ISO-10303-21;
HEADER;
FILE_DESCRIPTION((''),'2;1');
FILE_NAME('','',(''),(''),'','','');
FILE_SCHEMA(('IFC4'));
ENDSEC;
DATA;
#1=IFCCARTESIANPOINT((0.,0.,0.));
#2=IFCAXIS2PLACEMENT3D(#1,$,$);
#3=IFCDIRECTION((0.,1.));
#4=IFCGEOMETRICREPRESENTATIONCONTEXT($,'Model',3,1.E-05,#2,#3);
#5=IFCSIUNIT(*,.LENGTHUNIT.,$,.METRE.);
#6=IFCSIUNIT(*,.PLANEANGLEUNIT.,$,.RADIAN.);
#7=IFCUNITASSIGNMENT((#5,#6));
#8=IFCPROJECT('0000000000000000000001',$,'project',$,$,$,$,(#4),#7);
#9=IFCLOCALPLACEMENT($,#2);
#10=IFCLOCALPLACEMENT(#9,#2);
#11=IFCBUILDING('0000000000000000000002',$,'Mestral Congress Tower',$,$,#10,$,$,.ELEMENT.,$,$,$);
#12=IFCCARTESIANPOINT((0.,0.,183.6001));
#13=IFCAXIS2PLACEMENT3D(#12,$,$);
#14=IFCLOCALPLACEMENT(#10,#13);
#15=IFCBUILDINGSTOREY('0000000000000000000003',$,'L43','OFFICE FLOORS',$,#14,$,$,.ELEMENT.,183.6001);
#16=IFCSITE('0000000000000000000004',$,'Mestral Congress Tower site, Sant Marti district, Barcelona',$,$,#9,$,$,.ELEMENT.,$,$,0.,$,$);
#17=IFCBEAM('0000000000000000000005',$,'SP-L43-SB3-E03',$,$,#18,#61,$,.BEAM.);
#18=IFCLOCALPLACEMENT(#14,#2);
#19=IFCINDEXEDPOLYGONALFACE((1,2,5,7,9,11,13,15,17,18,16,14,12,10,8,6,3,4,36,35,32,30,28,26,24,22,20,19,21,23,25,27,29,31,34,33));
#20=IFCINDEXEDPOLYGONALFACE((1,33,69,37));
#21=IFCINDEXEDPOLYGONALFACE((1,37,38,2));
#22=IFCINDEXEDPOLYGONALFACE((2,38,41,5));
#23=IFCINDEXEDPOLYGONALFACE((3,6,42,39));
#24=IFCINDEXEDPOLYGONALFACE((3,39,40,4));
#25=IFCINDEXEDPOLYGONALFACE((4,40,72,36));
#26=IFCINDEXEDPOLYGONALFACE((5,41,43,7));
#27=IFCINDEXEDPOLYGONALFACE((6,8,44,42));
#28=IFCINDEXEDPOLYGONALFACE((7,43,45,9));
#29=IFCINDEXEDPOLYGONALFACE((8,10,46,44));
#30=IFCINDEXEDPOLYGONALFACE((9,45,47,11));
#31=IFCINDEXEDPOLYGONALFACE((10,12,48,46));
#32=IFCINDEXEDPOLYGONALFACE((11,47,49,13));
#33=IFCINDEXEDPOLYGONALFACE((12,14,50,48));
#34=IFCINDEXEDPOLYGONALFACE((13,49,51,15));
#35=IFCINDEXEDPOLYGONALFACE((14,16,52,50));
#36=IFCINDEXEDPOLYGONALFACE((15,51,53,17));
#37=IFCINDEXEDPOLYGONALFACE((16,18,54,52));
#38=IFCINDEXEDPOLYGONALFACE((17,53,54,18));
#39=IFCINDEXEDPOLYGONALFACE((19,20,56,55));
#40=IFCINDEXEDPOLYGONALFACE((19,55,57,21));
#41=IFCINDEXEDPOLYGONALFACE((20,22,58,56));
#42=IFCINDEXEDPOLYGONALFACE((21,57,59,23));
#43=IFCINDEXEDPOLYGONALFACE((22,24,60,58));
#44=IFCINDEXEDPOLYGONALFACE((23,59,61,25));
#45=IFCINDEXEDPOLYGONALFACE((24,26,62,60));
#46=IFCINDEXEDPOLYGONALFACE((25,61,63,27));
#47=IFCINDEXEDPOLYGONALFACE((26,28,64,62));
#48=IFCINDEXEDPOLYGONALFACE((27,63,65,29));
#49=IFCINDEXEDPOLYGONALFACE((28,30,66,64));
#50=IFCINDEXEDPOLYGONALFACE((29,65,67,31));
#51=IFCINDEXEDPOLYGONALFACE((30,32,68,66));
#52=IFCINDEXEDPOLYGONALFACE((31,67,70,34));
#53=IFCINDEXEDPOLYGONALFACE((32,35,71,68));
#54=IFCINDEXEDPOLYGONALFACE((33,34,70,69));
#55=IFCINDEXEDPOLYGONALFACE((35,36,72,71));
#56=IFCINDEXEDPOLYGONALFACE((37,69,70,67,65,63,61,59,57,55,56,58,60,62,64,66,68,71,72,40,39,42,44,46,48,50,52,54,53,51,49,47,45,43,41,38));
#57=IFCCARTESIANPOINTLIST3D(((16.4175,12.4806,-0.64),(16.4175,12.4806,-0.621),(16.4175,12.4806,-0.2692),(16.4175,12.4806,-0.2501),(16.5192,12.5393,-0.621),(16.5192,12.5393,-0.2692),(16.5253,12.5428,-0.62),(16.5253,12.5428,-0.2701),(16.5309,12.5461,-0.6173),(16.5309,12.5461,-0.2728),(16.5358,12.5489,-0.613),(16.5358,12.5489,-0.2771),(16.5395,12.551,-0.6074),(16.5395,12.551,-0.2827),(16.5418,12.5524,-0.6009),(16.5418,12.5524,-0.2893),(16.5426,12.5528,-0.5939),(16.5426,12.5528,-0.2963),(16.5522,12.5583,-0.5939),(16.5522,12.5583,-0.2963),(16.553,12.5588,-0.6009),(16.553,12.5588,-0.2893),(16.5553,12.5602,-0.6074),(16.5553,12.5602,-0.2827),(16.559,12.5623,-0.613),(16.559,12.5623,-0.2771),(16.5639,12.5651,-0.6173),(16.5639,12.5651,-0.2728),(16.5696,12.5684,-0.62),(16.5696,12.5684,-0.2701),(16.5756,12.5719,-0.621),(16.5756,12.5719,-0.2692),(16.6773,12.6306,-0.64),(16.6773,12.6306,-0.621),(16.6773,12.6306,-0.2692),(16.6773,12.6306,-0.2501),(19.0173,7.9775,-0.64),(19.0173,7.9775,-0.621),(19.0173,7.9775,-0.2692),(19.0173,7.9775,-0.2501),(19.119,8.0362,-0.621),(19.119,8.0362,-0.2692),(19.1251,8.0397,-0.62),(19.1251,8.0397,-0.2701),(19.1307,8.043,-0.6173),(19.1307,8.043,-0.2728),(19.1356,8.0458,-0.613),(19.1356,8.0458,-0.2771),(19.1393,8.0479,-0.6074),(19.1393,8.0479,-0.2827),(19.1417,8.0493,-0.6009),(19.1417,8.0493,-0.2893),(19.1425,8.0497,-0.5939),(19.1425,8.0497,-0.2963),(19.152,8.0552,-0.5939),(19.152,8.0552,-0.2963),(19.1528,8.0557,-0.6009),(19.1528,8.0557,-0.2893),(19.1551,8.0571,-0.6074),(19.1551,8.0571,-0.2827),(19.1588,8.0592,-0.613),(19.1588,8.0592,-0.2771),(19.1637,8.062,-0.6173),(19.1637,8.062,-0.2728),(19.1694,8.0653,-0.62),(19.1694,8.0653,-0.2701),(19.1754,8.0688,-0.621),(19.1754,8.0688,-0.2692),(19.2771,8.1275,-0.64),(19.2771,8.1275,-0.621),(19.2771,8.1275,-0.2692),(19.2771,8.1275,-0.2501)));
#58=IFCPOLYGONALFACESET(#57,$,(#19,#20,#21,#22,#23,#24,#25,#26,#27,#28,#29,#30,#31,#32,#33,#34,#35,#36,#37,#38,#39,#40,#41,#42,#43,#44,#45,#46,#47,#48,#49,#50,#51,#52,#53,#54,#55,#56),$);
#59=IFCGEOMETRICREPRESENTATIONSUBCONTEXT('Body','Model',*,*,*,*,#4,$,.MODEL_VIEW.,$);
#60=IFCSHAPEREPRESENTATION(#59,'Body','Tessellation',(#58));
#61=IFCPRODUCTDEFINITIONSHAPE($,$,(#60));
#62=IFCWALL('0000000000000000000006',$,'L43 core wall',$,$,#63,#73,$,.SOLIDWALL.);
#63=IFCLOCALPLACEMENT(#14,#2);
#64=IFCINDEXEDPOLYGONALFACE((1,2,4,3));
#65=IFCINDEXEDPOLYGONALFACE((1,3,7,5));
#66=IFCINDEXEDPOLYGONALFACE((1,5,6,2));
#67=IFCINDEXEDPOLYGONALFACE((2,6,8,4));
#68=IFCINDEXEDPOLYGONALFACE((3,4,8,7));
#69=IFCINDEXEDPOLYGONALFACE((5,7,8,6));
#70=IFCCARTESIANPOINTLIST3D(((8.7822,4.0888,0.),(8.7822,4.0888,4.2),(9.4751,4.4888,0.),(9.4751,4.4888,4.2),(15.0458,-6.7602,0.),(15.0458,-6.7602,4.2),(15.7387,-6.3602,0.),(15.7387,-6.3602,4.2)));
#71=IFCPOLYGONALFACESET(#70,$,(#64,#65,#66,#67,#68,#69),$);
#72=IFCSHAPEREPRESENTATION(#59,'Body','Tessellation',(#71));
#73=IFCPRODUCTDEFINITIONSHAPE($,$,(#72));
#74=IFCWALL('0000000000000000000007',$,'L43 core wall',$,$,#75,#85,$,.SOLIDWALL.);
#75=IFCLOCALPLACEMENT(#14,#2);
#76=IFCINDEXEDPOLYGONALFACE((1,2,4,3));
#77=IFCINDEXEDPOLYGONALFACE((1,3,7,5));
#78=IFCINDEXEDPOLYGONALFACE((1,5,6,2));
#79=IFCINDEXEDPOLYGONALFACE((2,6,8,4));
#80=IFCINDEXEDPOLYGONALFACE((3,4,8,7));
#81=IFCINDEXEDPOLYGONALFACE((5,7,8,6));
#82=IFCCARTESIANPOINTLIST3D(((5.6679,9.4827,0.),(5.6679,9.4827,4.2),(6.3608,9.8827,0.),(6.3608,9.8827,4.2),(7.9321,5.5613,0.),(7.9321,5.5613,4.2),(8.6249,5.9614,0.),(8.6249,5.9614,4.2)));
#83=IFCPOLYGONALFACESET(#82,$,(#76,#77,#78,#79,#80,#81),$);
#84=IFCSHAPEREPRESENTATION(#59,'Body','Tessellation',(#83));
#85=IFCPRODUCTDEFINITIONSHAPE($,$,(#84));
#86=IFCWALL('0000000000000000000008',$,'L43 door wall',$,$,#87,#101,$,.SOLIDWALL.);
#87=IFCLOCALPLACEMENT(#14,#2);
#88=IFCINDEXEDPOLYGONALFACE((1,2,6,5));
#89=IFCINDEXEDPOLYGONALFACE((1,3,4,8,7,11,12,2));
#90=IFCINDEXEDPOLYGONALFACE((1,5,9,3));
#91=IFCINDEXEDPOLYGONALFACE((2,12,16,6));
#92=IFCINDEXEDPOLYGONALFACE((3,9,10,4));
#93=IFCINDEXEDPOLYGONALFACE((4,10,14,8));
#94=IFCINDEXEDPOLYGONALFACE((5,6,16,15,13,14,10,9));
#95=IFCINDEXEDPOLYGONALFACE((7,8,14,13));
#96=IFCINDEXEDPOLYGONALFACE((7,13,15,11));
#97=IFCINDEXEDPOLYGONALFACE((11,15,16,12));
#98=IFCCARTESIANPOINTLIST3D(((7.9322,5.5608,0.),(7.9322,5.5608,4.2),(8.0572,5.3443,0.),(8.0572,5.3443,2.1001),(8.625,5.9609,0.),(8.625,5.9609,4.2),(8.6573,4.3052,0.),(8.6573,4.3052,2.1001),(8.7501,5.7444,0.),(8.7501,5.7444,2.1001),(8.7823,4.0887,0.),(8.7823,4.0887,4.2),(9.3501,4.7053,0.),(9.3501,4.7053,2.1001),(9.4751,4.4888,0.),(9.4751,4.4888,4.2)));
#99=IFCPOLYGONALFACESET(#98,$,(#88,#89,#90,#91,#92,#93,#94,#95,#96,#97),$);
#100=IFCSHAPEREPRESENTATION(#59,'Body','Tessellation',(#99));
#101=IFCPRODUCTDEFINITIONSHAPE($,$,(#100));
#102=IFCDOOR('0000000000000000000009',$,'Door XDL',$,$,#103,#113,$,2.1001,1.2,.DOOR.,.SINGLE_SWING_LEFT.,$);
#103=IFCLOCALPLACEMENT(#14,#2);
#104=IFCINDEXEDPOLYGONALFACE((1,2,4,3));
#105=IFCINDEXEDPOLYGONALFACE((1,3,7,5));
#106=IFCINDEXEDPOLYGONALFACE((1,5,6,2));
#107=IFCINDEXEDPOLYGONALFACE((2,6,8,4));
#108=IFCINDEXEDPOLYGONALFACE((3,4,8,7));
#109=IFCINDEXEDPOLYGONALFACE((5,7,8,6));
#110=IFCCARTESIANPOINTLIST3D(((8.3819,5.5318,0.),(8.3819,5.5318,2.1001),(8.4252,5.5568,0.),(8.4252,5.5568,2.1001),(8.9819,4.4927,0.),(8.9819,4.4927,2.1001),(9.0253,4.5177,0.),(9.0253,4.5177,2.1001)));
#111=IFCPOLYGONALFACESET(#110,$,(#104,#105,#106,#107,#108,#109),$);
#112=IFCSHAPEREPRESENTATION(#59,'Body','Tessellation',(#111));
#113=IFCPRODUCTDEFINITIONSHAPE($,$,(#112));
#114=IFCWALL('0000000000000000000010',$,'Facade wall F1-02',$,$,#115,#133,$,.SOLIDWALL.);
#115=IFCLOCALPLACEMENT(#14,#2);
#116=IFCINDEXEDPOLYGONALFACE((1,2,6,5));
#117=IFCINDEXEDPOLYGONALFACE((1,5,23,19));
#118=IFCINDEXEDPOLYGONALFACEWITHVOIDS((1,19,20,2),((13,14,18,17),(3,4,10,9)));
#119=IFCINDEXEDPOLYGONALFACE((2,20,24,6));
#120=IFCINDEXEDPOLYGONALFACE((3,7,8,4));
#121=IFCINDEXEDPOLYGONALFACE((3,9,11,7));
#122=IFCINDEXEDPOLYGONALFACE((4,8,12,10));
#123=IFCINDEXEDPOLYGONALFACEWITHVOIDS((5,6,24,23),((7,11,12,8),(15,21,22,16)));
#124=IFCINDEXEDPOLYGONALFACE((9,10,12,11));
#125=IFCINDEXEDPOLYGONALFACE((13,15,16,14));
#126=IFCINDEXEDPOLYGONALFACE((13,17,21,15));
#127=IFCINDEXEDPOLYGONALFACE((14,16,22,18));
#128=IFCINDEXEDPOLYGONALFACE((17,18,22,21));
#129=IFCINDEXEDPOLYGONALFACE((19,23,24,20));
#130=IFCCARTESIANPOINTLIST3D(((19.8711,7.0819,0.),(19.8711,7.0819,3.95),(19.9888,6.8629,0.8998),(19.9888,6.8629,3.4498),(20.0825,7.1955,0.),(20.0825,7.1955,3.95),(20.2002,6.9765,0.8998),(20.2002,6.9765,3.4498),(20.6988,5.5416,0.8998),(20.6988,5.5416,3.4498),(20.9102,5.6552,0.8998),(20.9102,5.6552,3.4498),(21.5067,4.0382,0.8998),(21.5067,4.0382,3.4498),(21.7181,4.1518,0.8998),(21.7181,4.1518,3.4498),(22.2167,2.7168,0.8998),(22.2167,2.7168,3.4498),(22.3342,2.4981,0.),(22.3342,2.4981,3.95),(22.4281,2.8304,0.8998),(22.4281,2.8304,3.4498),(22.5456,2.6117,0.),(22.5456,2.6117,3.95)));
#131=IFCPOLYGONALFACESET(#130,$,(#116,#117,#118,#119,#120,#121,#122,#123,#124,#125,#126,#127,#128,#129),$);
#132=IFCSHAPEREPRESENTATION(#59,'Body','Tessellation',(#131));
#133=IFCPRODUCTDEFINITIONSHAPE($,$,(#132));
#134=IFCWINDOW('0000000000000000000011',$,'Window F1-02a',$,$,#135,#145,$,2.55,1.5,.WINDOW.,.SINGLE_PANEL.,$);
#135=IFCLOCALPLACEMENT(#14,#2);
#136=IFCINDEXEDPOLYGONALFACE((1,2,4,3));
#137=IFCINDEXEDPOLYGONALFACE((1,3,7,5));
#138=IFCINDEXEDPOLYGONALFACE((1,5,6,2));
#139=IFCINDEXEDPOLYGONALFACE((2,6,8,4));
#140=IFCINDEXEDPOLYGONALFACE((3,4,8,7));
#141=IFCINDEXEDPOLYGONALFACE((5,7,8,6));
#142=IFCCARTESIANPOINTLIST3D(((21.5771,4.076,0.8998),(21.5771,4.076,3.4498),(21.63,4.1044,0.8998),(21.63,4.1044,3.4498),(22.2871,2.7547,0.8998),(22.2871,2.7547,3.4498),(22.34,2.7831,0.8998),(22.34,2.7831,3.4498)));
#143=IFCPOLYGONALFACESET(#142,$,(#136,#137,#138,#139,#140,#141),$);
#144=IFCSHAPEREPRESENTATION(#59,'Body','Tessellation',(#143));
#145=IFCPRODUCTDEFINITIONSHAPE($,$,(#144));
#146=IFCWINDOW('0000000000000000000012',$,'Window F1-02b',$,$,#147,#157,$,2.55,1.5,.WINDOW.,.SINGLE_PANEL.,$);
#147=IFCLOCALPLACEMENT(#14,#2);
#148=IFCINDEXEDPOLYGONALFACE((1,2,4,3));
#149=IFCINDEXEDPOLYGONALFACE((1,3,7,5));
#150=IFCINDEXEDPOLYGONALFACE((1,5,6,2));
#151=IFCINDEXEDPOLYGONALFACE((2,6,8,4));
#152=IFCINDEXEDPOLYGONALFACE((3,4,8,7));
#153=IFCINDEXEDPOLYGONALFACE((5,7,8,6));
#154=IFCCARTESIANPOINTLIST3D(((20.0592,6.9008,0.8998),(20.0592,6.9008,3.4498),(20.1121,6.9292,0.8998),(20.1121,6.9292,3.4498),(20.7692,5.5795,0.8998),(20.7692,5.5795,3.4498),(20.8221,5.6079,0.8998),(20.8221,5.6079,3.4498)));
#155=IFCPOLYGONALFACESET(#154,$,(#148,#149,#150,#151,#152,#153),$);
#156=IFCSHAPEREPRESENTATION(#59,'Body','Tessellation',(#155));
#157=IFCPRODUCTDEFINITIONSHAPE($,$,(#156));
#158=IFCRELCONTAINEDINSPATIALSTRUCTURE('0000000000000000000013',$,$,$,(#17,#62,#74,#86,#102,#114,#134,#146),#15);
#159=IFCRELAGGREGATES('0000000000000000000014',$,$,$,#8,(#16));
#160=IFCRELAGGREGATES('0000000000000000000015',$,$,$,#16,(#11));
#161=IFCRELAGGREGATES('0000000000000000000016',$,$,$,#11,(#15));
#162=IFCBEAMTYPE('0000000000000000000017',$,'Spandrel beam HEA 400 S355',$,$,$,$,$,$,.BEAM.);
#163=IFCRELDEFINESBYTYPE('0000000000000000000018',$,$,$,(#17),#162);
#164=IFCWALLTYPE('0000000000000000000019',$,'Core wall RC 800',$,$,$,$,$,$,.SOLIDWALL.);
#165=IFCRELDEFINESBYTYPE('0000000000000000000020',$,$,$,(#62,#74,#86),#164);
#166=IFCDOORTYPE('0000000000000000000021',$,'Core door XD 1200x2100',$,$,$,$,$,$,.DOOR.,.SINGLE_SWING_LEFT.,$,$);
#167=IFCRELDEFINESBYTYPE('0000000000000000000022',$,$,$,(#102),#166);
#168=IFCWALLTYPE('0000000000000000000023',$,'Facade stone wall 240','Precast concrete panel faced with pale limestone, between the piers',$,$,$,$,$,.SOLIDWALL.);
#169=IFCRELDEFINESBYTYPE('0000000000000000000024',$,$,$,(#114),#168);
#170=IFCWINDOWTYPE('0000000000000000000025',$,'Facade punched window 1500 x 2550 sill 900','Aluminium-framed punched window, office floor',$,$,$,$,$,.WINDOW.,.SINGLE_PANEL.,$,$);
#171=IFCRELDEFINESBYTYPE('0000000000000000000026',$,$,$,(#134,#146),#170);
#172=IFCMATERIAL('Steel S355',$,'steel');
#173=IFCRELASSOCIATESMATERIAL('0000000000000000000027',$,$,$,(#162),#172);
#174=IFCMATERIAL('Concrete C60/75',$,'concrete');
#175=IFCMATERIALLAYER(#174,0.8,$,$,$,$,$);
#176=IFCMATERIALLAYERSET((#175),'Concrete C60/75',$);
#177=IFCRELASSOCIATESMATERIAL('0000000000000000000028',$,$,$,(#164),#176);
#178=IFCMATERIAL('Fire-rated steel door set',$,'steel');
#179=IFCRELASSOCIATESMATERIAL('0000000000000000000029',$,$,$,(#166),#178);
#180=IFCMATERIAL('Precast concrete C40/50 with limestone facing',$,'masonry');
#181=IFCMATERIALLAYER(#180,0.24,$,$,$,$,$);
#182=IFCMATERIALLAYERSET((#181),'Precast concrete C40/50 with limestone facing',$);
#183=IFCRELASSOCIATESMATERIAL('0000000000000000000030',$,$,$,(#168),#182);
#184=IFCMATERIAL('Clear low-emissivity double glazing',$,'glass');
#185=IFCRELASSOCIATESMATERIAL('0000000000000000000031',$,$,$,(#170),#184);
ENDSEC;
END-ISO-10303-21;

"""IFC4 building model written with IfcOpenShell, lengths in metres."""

from ifc_helpers import new_model, si_unit, direction, frame, frame_2d, origin, origin_2d, place, context, subcontext, project, spatial, rectangle, i_section, extrude, material, layer, layer_set, material_profile, profile_set, type_object, element, fill, save


model = new_model("IFC4")

# Units and contexts
model_context = context("Model", 3, precision=1e-05, world=origin(), true_north=direction((0.0, 1.0)))
body_context = subcontext(model_context, "Body", "Model", "MODEL_VIEW")
ifc_project = project(units=[si_unit("LENGTHUNIT", "METRE"), si_unit("PLANEANGLEUNIT", "RADIAN")], contexts=[model_context])

# Site, building, storey
site_placement = place(None, origin())
site = spatial("IfcSite", under=ifc_project, at=site_placement, Name="Mestral Congress Tower site, Sant Marti district, Barcelona", CompositionType="ELEMENT", RefElevation=0.0)
building_placement = place(site_placement, origin())
building = spatial("IfcBuilding", under=site, at=building_placement, Name="Mestral Congress Tower", CompositionType="ELEMENT")
storey_placement = place(building_placement, frame((0.0, 0.0, 183.6001)))
storey = spatial("IfcBuildingStorey", under=building, at=storey_placement, Name="L43", Description="OFFICE FLOORS", CompositionType="ELEMENT", Elevation=183.6001)

# Shared definitions
ifc_material_1 = material(Name="Concrete C60/75", Category="concrete")

# Beam
ifc_material_2 = material(Name="Steel S355", Category="steel")
ifc_material_profile_1 = material_profile(ifc_material_2, i_section(OverallWidth=0.3, OverallDepth=0.3899, WebThickness=0.011, FlangeThickness=0.019, FilletRadius=0.0271, at=origin_2d()), Name="HEA 400")
ifc_profile_set_1 = profile_set([ifc_material_profile_1], Name="Steel S355")
beam_type_1 = type_object("IfcBeamType", Name="Spandrel beam HEA 400 S355", PredefinedType="BEAM", material=ifc_profile_set_1)
for number, where, z_axis, x_axis, name in (
    (1, (19.1472, 8.0525, -0.4451), (-0.499992, 0.86603, 0.0), (-0.86603, -0.499992, 0.0), "SP-L43-SB3-E03"),
):
    element("IfcBeam", number, at=place(storey_placement, frame(where, z_axis=z_axis, x_axis=x_axis)), inside=storey, type_object=beam_type_1, Name=name, PredefinedType="BEAM", context=body_context, shape_type="SweptSolid", body=[
        extrude(i_section(OverallWidth=0.3, OverallDepth=0.3899, WebThickness=0.011, FlangeThickness=0.019, FilletRadius=0.0271, at=origin_2d()), origin(), (0.0, 0.0, 1.0), 5.1997),
    ])

# Walls
ifc_layer_1 = layer(ifc_material_1, 0.8)
ifc_layer_set_1 = layer_set([ifc_layer_1], Name="Concrete C60/75")
wall_type_1 = type_object("IfcWallType", Name="Core wall RC 800", PredefinedType="SOLIDWALL", material=ifc_layer_set_1)
wall_1_placement = place(storey_placement, frame((9.1287, 4.2888, 0.0), z_axis=(0.0, 0.0, 1.0), x_axis=(0.499996, -0.866028, 0.0)))
element("IfcWall", 2, at=wall_1_placement, inside=storey, type_object=wall_type_1, Name="L43 core wall", PredefinedType="SOLIDWALL", context=body_context, shape_type="SweptSolid", body=[
    extrude(rectangle(XDim=12.5273, YDim=0.8, at=frame_2d((6.2637, 0.0))), origin(), (0.0, 0.0, 1.0), 4.2),
])
wall_2_placement = place(storey_placement, frame((8.2786, 5.7612, 0.0), z_axis=(0.0, 0.0, 1.0), x_axis=(-0.500024, 0.866011, 0.0)))
element("IfcWall", 3, at=wall_2_placement, inside=storey, type_object=wall_type_1, Name="L43 core wall", PredefinedType="SOLIDWALL", context=body_context, shape_type="SweptSolid", body=[
    extrude(rectangle(XDim=4.5281, YDim=0.8, at=frame_2d((2.2642, 0.0))), origin(), (0.0, 0.0, 1.0), 4.2),
])

# Wall, opening, door
wall_3_placement = place(storey_placement, frame((8.2786, 5.761, 0.0), z_axis=(0.0, 0.0, 1.0), x_axis=(0.500062, -0.865989, 0.0)))
wall_3 = element("IfcWall", 4, at=wall_3_placement, inside=storey, type_object=wall_type_1, Name="L43 door wall", PredefinedType="SOLIDWALL", context=body_context, shape_type="SweptSolid", body=[
    extrude(rectangle(XDim=1.7, YDim=0.8, at=frame_2d((0.8501, 0.0))), origin(), (0.0, 0.0, 1.0), 4.2),
])
opening_1_placement = place(wall_3_placement, frame((0.25, 0.0, 0.0)))
opening_1 = element("IfcOpeningElement", 5, at=opening_1_placement, cuts=wall_3, PredefinedType="OPENING", context=body_context, shape_type="SweptSolid", body=[
    extrude(rectangle(XDim=1.2, YDim=2.1001, at=frame_2d((0.6001, 1.05))), frame((0.0, 0.4099, 0.0), z_axis=(0.0, -1.0, 0.0), x_axis=(1.0, 0.0, 0.0)), (0.0, 0.0, 1.0), 0.8201),
])
ifc_material_3 = material(Name="Fire-rated steel door set", Category="steel")
door_type = type_object("IfcDoorType", Name="Core door XD 1200x2100", OperationType="SINGLE_SWING_LEFT", PredefinedType="DOOR", material=ifc_material_3)
door_placement = place(opening_1_placement, origin())
door = element("IfcDoor", 6, at=door_placement, inside=storey, type_object=door_type, Name="Door XDL", OperationType="SINGLE_SWING_LEFT", OverallHeight=2.1001, OverallWidth=1.2, PredefinedType="DOOR", context=body_context, shape_type="SweptSolid", body=[
    extrude(rectangle(XDim=1.2, YDim=2.1001, at=frame_2d((0.6001, 1.05))), frame((0.0, 0.0249, 0.0), z_axis=(0.0, -1.0, 0.0), x_axis=(1.0, 0.0, 0.0)), (0.0, 0.0, 1.0), 0.05),
])
fill(opening_1, door)

# Wall, openings, windows
ifc_material_4 = material(Name="Precast concrete C40/50 with limestone facing", Category="masonry")
ifc_layer_2 = layer(ifc_material_4, 0.24)
ifc_layer_set_2 = layer_set([ifc_layer_2], Name="Precast concrete C40/50 with limestone facing")
wall_type_2 = type_object("IfcWallType", Name="Facade stone wall 240", Description="Precast concrete panel faced with pale limestone, between the piers", PredefinedType="SOLIDWALL", material=ifc_layer_set_2)
wall_4_placement = place(storey_placement, frame((22.4399, 2.5549, 0.0), z_axis=(0.0, 0.0, 1.0), x_axis=(-0.47335, 0.880875, 0.0)))
wall_4 = element("IfcWall", 7, at=wall_4_placement, inside=storey, type_object=wall_type_2, Name="Facade wall F1-02", PredefinedType="SOLIDWALL", context=body_context, shape_type="SweptSolid", body=[
    extrude(rectangle(XDim=5.2036, YDim=0.24, at=frame_2d((2.6018, 0.0))), origin(), (0.0, 0.0, 1.0), 3.95),
])
opening_2_placement = place(wall_4_placement, frame((0.2483, 0.0, 0.8999)))
opening_2 = element("IfcOpeningElement", 8, at=opening_2_placement, cuts=wall_4, PredefinedType="OPENING", context=body_context, shape_type="SweptSolid", body=[
    extrude(rectangle(XDim=1.5, YDim=2.55, at=frame_2d((0.75, 1.2749))), frame((0.0, 0.1299, 0.0), z_axis=(0.0, -1.0, 0.0), x_axis=(1.0, 0.0, 0.0)), (0.0, 0.0, 1.0), 0.26),
])
opening_3_placement = place(wall_4_placement, frame((3.4551, 0.0, 0.8999)))
opening_3 = element("IfcOpeningElement", 9, at=opening_3_placement, cuts=wall_4, PredefinedType="OPENING", context=body_context, shape_type="SweptSolid", body=[
    extrude(rectangle(XDim=1.5, YDim=2.55, at=frame_2d((0.75, 1.2749))), frame((0.0, 0.1299, 0.0), z_axis=(0.0, -1.0, 0.0), x_axis=(1.0, 0.0, 0.0)), (0.0, 0.0, 1.0), 0.26),
])
ifc_material_5 = material(Name="Clear low-emissivity double glazing", Category="glass")
window_type = type_object("IfcWindowType", Name="Facade punched window 1500 x 2550 sill 900", Description="Aluminium-framed punched window, office floor", PartitioningType="SINGLE_PANEL", PredefinedType="WINDOW", material=ifc_material_5)
window_1_placement = place(opening_2_placement, origin())
window_1 = element("IfcWindow", 10, at=window_1_placement, inside=storey, type_object=window_type, Name="Window F1-02a", OverallHeight=2.55, OverallWidth=1.5, PartitioningType="SINGLE_PANEL", PredefinedType="WINDOW", context=body_context, shape_type="SweptSolid", body=[
    extrude(rectangle(XDim=1.5, YDim=2.55, at=frame_2d((0.75, 1.2749))), frame((0.0, 0.04, 0.0), z_axis=(0.0, -1.0, 0.0), x_axis=(1.0, 0.0, 0.0)), (0.0, 0.0, 1.0), 0.0601),
])
fill(opening_2, window_1)
window_2_placement = place(opening_3_placement, origin())
window_2 = element("IfcWindow", 11, at=window_2_placement, inside=storey, type_object=window_type, Name="Window F1-02b", OverallHeight=2.55, OverallWidth=1.5, PartitioningType="SINGLE_PANEL", PredefinedType="WINDOW", context=body_context, shape_type="SweptSolid", body=[
    extrude(rectangle(XDim=1.5, YDim=2.55, at=frame_2d((0.75, 1.2749))), frame((0.0, 0.04, 0.0), z_axis=(0.0, -1.0, 0.0), x_axis=(1.0, 0.0, 0.0)), (0.0, 0.0, 1.0), 0.0601),
])
fill(opening_3, window_2)

save(model, "model.ifc")
